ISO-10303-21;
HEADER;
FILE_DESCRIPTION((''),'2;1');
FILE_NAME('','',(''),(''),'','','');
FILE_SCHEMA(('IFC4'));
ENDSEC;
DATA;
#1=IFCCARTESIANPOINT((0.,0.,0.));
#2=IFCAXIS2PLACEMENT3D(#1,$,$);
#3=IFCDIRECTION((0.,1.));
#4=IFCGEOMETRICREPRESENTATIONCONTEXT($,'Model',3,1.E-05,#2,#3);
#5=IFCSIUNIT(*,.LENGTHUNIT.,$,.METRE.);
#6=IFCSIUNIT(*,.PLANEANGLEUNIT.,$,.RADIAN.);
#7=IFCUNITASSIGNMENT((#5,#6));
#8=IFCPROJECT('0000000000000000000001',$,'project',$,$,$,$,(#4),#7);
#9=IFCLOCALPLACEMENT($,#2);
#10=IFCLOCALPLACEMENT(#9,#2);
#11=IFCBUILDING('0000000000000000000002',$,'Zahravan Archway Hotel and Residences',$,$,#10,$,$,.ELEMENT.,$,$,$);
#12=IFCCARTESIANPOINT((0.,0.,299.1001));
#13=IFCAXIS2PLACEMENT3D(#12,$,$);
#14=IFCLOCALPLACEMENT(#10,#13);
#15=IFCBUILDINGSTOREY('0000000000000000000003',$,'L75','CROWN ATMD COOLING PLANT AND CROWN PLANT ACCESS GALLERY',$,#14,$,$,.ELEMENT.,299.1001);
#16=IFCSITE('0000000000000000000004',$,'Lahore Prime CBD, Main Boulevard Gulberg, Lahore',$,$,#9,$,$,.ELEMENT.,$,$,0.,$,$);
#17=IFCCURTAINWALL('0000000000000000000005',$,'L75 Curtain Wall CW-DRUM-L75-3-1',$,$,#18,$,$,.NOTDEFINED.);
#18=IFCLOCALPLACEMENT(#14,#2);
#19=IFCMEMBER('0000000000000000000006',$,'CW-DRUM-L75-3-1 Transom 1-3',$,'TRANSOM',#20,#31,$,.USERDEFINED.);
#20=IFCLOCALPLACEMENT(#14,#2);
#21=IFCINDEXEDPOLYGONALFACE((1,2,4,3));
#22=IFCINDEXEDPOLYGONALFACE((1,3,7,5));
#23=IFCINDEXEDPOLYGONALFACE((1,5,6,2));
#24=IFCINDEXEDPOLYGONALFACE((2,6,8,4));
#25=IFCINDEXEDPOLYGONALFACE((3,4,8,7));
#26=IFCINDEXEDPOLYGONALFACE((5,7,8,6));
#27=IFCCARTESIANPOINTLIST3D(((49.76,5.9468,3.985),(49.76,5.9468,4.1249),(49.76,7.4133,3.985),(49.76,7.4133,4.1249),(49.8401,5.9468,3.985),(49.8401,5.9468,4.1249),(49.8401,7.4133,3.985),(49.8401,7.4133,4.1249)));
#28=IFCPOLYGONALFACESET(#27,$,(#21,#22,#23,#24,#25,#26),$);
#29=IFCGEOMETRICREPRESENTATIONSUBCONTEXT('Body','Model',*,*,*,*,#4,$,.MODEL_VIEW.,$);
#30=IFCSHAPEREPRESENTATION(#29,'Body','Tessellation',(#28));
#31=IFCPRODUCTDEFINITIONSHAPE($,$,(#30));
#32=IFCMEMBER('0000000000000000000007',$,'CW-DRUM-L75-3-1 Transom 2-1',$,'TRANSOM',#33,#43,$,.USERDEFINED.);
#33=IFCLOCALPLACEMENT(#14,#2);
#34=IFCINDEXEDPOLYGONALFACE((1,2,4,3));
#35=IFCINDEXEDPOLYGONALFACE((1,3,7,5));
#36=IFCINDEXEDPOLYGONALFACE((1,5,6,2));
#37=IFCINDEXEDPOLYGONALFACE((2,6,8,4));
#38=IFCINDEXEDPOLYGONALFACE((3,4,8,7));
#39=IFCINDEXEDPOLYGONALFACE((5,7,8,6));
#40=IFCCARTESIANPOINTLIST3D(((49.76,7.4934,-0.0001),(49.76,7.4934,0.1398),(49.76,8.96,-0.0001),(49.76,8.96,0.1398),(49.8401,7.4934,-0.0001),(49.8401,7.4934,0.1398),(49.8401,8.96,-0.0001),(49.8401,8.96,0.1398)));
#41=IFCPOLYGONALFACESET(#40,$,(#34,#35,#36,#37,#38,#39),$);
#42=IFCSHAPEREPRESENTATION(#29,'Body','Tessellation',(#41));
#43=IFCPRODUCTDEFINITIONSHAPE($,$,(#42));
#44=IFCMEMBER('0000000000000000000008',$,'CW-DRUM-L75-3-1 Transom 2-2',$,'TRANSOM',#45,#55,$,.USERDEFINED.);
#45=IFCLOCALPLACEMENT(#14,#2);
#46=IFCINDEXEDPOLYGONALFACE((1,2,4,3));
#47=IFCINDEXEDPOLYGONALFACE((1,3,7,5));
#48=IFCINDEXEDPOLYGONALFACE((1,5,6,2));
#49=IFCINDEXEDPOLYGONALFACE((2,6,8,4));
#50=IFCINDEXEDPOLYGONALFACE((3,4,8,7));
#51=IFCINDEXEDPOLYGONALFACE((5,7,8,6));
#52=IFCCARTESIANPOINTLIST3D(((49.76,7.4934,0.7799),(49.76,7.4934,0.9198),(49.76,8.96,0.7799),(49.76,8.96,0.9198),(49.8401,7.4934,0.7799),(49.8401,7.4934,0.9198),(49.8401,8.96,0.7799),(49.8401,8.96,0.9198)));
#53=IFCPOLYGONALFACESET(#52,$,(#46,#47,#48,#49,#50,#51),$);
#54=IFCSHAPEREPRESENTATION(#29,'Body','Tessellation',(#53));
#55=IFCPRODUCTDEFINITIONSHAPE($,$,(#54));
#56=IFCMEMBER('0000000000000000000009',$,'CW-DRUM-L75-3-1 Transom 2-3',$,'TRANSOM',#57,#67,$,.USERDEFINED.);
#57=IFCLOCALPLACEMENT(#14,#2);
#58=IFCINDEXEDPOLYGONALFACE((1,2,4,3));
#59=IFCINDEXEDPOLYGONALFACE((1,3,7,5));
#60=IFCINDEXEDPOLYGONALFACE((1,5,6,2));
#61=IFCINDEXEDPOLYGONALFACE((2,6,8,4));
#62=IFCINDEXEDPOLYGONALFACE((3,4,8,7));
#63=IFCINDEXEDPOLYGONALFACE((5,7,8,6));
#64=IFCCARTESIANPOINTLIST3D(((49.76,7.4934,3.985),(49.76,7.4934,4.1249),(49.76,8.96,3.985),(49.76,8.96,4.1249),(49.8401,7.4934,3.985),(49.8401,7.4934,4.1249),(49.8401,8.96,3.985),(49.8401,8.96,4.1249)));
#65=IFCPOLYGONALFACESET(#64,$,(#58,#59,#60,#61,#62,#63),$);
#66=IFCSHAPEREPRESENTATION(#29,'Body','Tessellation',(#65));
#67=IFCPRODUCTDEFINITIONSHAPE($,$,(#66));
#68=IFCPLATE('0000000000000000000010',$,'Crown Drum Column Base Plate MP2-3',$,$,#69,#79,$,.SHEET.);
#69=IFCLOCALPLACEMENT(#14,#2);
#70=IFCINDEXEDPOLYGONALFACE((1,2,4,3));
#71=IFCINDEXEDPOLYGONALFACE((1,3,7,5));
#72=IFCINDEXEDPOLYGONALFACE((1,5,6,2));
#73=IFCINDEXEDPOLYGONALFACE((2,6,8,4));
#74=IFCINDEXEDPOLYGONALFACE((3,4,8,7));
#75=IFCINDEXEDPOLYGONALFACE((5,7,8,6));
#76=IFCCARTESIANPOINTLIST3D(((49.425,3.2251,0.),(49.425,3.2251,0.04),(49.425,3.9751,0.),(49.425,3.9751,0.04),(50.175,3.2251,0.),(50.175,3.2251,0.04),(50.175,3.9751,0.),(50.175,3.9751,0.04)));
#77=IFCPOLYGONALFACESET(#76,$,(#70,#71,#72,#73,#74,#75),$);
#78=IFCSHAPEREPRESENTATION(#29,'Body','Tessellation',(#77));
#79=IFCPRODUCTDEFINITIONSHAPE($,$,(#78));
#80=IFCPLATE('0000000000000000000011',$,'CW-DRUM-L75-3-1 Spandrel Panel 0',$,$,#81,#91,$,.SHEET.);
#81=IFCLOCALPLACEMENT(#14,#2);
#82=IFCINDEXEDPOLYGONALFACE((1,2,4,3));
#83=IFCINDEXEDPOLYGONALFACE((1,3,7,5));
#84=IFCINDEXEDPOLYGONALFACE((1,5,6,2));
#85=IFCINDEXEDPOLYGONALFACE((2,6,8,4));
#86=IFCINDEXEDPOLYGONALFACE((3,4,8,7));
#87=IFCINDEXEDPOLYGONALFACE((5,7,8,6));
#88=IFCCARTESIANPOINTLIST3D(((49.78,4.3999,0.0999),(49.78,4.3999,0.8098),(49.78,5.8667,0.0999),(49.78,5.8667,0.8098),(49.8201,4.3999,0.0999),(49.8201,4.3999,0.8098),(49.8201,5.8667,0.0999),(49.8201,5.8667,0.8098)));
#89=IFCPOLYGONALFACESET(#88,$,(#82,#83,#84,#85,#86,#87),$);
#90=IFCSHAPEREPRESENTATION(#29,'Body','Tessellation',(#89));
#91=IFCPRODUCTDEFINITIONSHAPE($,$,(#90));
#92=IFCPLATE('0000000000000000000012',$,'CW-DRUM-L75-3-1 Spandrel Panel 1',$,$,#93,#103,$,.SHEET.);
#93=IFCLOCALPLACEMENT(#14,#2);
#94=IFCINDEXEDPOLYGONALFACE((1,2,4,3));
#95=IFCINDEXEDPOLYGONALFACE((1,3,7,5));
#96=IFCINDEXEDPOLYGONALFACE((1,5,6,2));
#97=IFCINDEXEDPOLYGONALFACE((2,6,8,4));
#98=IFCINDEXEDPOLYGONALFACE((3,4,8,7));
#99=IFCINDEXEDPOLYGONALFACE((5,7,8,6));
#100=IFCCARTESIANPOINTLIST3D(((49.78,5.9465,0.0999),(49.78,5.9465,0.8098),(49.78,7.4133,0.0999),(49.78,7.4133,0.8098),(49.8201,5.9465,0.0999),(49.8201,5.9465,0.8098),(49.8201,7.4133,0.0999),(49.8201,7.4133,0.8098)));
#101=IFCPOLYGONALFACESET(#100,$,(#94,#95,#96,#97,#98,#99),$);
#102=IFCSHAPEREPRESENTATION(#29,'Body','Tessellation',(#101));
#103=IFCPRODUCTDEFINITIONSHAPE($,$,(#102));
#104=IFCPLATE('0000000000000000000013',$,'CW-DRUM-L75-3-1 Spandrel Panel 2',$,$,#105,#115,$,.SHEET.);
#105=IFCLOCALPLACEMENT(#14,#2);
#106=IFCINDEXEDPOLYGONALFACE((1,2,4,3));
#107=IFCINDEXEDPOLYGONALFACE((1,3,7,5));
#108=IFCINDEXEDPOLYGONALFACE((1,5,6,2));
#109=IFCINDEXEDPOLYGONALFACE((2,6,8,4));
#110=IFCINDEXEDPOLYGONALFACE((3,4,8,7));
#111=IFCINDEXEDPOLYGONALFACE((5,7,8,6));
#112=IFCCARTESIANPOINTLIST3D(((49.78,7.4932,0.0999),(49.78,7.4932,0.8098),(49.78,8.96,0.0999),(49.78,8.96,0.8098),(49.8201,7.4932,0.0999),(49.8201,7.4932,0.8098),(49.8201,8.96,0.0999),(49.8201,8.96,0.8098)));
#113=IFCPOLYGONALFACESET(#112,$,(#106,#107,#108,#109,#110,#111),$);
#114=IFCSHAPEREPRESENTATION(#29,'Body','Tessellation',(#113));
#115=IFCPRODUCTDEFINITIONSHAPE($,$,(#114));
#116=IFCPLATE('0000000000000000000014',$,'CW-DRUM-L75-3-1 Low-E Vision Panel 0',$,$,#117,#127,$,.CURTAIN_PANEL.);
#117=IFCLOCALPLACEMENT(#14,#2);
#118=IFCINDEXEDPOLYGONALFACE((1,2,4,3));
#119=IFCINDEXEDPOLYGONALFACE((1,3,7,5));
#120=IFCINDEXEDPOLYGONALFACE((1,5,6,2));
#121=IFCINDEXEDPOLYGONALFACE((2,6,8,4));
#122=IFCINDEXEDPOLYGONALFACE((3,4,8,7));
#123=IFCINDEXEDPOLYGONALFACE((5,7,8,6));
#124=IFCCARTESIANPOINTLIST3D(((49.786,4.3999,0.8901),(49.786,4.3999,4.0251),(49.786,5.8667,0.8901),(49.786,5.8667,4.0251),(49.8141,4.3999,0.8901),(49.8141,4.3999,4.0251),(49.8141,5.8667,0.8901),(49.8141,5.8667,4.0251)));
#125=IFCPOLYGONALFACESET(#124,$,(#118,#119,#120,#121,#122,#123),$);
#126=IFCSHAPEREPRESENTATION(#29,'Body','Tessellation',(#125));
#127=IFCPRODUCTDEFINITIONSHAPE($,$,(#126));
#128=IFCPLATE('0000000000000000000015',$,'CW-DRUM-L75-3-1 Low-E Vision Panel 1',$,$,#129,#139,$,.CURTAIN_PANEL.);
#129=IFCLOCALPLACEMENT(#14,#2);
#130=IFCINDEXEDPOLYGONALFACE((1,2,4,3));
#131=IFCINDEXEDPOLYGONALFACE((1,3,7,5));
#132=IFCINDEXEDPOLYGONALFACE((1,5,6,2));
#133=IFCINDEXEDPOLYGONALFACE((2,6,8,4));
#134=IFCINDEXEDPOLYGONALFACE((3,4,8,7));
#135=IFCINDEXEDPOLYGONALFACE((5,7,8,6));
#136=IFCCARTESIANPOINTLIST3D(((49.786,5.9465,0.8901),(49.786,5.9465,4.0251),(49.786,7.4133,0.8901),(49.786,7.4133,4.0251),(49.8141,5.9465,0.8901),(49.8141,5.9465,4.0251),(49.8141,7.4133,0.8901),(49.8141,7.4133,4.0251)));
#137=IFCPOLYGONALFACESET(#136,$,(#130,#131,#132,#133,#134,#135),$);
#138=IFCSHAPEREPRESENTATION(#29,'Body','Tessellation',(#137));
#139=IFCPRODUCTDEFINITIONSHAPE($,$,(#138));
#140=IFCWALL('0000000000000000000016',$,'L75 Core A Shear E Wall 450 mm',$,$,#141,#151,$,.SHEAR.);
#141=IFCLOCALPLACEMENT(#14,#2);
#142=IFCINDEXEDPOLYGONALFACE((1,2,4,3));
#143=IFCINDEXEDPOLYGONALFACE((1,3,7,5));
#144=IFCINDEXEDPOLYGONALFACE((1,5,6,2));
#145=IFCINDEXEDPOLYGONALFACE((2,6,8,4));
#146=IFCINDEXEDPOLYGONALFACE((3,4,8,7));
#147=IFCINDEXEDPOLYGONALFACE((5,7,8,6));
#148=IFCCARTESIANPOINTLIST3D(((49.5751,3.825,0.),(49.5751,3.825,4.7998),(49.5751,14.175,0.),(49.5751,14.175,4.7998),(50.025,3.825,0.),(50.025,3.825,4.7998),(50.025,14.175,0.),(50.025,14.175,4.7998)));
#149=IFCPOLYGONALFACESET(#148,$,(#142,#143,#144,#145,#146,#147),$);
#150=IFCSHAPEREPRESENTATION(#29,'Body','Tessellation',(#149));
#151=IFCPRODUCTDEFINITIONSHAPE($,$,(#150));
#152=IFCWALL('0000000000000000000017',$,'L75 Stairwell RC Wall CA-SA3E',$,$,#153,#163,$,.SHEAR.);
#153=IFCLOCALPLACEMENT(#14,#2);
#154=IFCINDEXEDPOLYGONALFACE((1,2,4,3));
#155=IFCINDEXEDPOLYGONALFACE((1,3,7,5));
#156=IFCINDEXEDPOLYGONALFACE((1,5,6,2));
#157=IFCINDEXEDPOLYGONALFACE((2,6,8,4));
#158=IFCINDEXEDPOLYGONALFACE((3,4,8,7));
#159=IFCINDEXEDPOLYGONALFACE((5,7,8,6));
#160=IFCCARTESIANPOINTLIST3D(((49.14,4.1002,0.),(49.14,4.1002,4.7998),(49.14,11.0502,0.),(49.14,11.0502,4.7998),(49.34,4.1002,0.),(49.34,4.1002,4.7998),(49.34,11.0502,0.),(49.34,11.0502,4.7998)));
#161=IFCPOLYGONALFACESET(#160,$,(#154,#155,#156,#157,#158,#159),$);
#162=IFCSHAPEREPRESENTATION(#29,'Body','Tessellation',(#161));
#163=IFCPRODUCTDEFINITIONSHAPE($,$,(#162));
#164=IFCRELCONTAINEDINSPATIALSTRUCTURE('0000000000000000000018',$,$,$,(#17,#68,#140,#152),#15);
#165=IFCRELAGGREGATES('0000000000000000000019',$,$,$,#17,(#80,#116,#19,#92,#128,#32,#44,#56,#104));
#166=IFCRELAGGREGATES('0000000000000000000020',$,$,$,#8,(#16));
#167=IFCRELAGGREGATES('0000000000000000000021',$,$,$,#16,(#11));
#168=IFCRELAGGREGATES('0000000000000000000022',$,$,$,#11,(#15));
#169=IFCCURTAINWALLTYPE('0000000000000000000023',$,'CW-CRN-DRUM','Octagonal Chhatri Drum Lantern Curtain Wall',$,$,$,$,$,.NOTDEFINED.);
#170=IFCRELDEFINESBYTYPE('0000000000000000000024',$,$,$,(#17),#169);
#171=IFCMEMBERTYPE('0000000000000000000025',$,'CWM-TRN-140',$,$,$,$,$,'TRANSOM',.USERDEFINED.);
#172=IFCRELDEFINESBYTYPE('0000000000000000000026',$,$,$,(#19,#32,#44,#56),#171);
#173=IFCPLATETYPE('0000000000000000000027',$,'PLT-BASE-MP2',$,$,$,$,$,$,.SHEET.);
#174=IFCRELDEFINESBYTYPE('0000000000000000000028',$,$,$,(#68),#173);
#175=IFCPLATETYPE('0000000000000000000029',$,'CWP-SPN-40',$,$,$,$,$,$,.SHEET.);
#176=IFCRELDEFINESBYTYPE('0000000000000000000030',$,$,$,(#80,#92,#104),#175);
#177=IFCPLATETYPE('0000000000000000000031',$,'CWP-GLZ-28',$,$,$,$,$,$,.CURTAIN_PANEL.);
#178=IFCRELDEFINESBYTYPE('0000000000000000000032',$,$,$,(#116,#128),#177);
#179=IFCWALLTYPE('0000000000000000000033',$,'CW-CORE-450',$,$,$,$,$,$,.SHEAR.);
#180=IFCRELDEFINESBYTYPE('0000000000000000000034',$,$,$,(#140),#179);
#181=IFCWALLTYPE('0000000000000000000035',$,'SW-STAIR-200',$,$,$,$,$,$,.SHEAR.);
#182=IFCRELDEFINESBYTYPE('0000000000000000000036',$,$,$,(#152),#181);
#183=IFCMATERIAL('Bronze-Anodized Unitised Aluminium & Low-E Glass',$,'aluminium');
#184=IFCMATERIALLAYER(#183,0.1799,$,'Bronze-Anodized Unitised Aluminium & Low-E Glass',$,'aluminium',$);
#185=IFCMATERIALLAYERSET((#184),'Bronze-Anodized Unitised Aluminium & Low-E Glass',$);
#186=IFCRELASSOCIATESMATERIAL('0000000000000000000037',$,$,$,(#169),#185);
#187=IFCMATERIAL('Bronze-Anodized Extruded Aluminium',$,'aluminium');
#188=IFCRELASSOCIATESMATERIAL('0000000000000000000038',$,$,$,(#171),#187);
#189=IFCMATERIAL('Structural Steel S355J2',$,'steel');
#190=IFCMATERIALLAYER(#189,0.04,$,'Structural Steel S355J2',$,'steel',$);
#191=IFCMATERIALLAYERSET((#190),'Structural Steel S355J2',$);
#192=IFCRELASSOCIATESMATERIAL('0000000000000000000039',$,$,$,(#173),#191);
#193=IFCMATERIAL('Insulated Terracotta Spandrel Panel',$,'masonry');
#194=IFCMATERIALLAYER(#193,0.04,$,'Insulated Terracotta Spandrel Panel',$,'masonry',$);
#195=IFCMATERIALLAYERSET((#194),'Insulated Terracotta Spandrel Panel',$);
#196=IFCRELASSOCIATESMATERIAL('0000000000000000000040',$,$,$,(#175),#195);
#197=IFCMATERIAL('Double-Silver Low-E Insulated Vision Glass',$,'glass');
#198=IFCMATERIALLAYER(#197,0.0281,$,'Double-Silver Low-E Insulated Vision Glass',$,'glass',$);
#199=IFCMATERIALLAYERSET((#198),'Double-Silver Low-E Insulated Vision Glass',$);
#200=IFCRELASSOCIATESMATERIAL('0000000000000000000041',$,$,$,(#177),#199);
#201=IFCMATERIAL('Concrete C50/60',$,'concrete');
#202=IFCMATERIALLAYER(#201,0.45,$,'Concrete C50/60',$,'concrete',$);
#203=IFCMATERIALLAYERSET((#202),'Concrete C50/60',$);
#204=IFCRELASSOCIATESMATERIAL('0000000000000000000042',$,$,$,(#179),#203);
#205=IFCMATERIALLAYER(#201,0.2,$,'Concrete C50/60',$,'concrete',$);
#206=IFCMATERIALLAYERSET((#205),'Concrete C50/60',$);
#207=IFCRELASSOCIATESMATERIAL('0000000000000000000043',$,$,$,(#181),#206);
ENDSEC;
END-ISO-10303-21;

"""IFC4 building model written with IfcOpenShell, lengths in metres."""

from ifc_helpers import new_model, si_unit, direction, frame, frame_2d, origin, origin_2d, place, context, subcontext, project, spatial, rectangle, extrude, source, transform, mapped, material, layer, layer_set, material_profile, profile_set, type_object, type_shapes, element, aggregate, save


model = new_model("IFC4")

# Units and contexts
model_context = context("Model", 3, precision=1e-05, world=origin(), true_north=direction((0.0, 1.0)))
body_context = subcontext(model_context, "Body", "Model", "MODEL_VIEW")
ifc_project = project(units=[si_unit("LENGTHUNIT", "METRE"), si_unit("PLANEANGLEUNIT", "RADIAN")], contexts=[model_context])

# Site, building, storey
site_placement = place(None, origin())
site = spatial("IfcSite", under=ifc_project, at=site_placement, Name="Lahore Prime CBD, Main Boulevard Gulberg, Lahore", CompositionType="ELEMENT", RefElevation=0.0)
building_placement = place(site_placement, origin())
building = spatial("IfcBuilding", under=site, at=building_placement, Name="Zahravan Archway Hotel and Residences", CompositionType="ELEMENT")
storey_placement = place(building_placement, frame((0.0, 0.0, 299.1001)))
storey = spatial("IfcBuildingStorey", under=building, at=storey_placement, Name="L75", Description="CROWN ATMD COOLING PLANT AND CROWN PLANT ACCESS GALLERY", CompositionType="ELEMENT", Elevation=299.1001)

# Shared definitions
ifc_material_1 = material(Name="Structural Steel S355J2", Category="steel")

# Curtain wall, members
ifc_material_2 = material(Name="Bronze-Anodized Unitised Aluminium & Low-E Glass", Category="aluminium")
ifc_layer_1 = layer(ifc_material_2, 0.1799, Name="Bronze-Anodized Unitised Aluminium & Low-E Glass", Category="aluminium")
ifc_layer_set_1 = layer_set([ifc_layer_1], Name="Bronze-Anodized Unitised Aluminium & Low-E Glass")
curtain_wall_type = type_object("IfcCurtainWallType", Name="CW-CRN-DRUM", Description="Octagonal Chhatri Drum Lantern Curtain Wall", PredefinedType="NOTDEFINED", material=ifc_layer_set_1)
curtain_wall_placement = place(storey_placement, origin())
curtain_wall = element("IfcCurtainWall", 1, at=curtain_wall_placement, inside=storey, type_object=curtain_wall_type, Name="L75 Curtain Wall CW-DRUM-L75-3-1", PredefinedType="NOTDEFINED")
ifc_material_3 = material(Name="Bronze-Anodized Extruded Aluminium", Category="aluminium")
ifc_material_profile_1 = material_profile(ifc_material_3, rectangle(XDim=0.0801, YDim=0.1399, at=origin_2d()), Name="TRN 80x140", Category="aluminium")
ifc_profile_set_1 = profile_set([ifc_material_profile_1], Name="Bronze-Anodized Extruded Aluminium")
member_type_1 = type_object("IfcMemberType", Name="CWM-TRN-140", ElementType="TRANSOM", PredefinedType="USERDEFINED", material=ifc_profile_set_1)
shared_shape_1 = source(origin(), body_context, "Body", "SweptSolid", [
    extrude(rectangle(XDim=0.0801, YDim=0.1399, at=origin_2d()), origin(), (0.0, 0.0, 1.0), 1.4666),
])
member_1_placement = place(storey_placement, frame((49.8, 5.9468, 4.0549), z_axis=(0.0, 1.0, 0.0), x_axis=(-1.0, 0.0, 0.0)))
member_1 = element("IfcMember", 2, at=member_1_placement, type_object=member_type_1, Name="CW-DRUM-L75-3-1 Transom 1-3", ObjectType="TRANSOM", PredefinedType="USERDEFINED", context=body_context, shape_type="MappedRepresentation", body=[
    mapped(shared_shape_1, transform((0.0, 0.0, 0.0), scale=1.0)),
])
member_2_placement = place(storey_placement, frame((49.8, 7.4934, 0.0698), z_axis=(0.0, 1.0, 0.0), x_axis=(-1.0, 0.0, 0.0)))
member_2 = element("IfcMember", 3, at=member_2_placement, type_object=member_type_1, Name="CW-DRUM-L75-3-1 Transom 2-1", ObjectType="TRANSOM", PredefinedType="USERDEFINED", context=body_context, shape_type="MappedRepresentation", body=[
    mapped(shared_shape_1, transform((0.0, 0.0, 0.0), scale=1.0)),
])
member_3_placement = place(storey_placement, frame((49.8, 7.4934, 0.8499), z_axis=(0.0, 1.0, 0.0), x_axis=(-1.0, 0.0, 0.0)))
member_3 = element("IfcMember", 4, at=member_3_placement, type_object=member_type_1, Name="CW-DRUM-L75-3-1 Transom 2-2", ObjectType="TRANSOM", PredefinedType="USERDEFINED", context=body_context, shape_type="MappedRepresentation", body=[
    mapped(shared_shape_1, transform((0.0, 0.0, 0.0), scale=1.0)),
])
member_4_placement = place(storey_placement, frame((49.8, 7.4934, 4.0549), z_axis=(0.0, 1.0, 0.0), x_axis=(-1.0, 0.0, 0.0)))
member_4 = element("IfcMember", 5, at=member_4_placement, type_object=member_type_1, Name="CW-DRUM-L75-3-1 Transom 2-3", ObjectType="TRANSOM", PredefinedType="USERDEFINED", context=body_context, shape_type="MappedRepresentation", body=[
    mapped(shared_shape_1, transform((0.0, 0.0, 0.0), scale=1.0)),
])

# Plates
ifc_layer_2 = layer(ifc_material_1, 0.04, Name="Structural Steel S355J2", Category="steel")
ifc_layer_set_2 = layer_set([ifc_layer_2], Name="Structural Steel S355J2")
plate_type_1 = type_object("IfcPlateType", Name="PLT-BASE-MP2", PredefinedType="SHEET", material=ifc_layer_set_2)
shared_shape_2 = source(origin(), body_context, "Body", "SweptSolid", [
    extrude(rectangle(XDim=0.75, YDim=0.75, at=origin_2d()), origin(), (0.0, 0.0, 1.0), 0.04),
])
type_shapes(plate_type_1, [shared_shape_2])
plate_1_placement = place(storey_placement, frame((49.8, 3.6001, 0.0), z_axis=(0.0, 0.0, 1.0), x_axis=(1.0, 0.0, 0.0)))
element("IfcPlate", 6, at=plate_1_placement, inside=storey, type_object=plate_type_1, Name="Crown Drum Column Base Plate MP2-3", PredefinedType="SHEET", context=body_context, shape_type="MappedRepresentation", body=[
    mapped(shared_shape_2, transform((0.0, 0.0, 0.0), scale=1.0)),
])
ifc_material_4 = material(Name="Insulated Terracotta Spandrel Panel", Category="masonry")
ifc_layer_3 = layer(ifc_material_4, 0.04, Name="Insulated Terracotta Spandrel Panel", Category="masonry")
ifc_layer_set_3 = layer_set([ifc_layer_3], Name="Insulated Terracotta Spandrel Panel")
plate_type_2 = type_object("IfcPlateType", Name="CWP-SPN-40", PredefinedType="SHEET", material=ifc_layer_set_3)
shared_shape_3 = source(origin(), body_context, "Body", "SweptSolid", [
    extrude(rectangle(XDim=1.4668, YDim=0.04, at=origin_2d()), origin(), (0.0, 0.0, 1.0), 0.71),
])
plate_2_placement = place(storey_placement, frame((49.8, 5.1333, 0.0999), z_axis=(0.0, 0.0, 1.0), x_axis=(0.0, 1.0, 0.0)))
plate_2 = element("IfcPlate", 7, at=plate_2_placement, type_object=plate_type_2, Name="CW-DRUM-L75-3-1 Spandrel Panel 0", PredefinedType="SHEET", context=body_context, shape_type="MappedRepresentation", body=[
    mapped(shared_shape_3, transform((0.0, 0.0, 0.0), scale=1.0)),
])
plate_3_placement = place(storey_placement, frame((49.8, 6.6799, 0.0999), z_axis=(0.0, 0.0, 1.0), x_axis=(0.0, 1.0, 0.0)))
plate_3 = element("IfcPlate", 8, at=plate_3_placement, type_object=plate_type_2, Name="CW-DRUM-L75-3-1 Spandrel Panel 1", PredefinedType="SHEET", context=body_context, shape_type="MappedRepresentation", body=[
    mapped(shared_shape_3, transform((0.0, 0.0, 0.0), scale=1.0)),
])
plate_4_placement = place(storey_placement, frame((49.8, 8.2266, 0.0999), z_axis=(0.0, 0.0, 1.0), x_axis=(0.0, 1.0, 0.0)))
plate_4 = element("IfcPlate", 9, at=plate_4_placement, type_object=plate_type_2, Name="CW-DRUM-L75-3-1 Spandrel Panel 2", PredefinedType="SHEET", context=body_context, shape_type="MappedRepresentation", body=[
    mapped(shared_shape_3, transform((0.0, 0.0, 0.0), scale=1.0)),
])
ifc_material_5 = material(Name="Double-Silver Low-E Insulated Vision Glass", Category="glass")
ifc_layer_4 = layer(ifc_material_5, 0.0281, Name="Double-Silver Low-E Insulated Vision Glass", Category="glass")
ifc_layer_set_4 = layer_set([ifc_layer_4], Name="Double-Silver Low-E Insulated Vision Glass")
plate_type_3 = type_object("IfcPlateType", Name="CWP-GLZ-28", PredefinedType="CURTAIN_PANEL", material=ifc_layer_set_4)
shared_shape_4 = source(origin(), body_context, "Body", "SweptSolid", [
    extrude(rectangle(XDim=1.4668, YDim=0.0281, at=origin_2d()), origin(), (0.0, 0.0, 1.0), 3.135),
])
plate_5_placement = place(storey_placement, frame((49.8, 5.1333, 0.8901), z_axis=(0.0, 0.0, 1.0), x_axis=(0.0, 1.0, 0.0)))
plate_5 = element("IfcPlate", 10, at=plate_5_placement, type_object=plate_type_3, Name="CW-DRUM-L75-3-1 Low-E Vision Panel 0", PredefinedType="CURTAIN_PANEL", context=body_context, shape_type="MappedRepresentation", body=[
    mapped(shared_shape_4, transform((0.0, 0.0, 0.0), scale=1.0)),
])
plate_6_placement = place(storey_placement, frame((49.8, 6.6799, 0.8901), z_axis=(0.0, 0.0, 1.0), x_axis=(0.0, 1.0, 0.0)))
plate_6 = element("IfcPlate", 11, at=plate_6_placement, type_object=plate_type_3, Name="CW-DRUM-L75-3-1 Low-E Vision Panel 1", PredefinedType="CURTAIN_PANEL", context=body_context, shape_type="MappedRepresentation", body=[
    mapped(shared_shape_4, transform((0.0, 0.0, 0.0), scale=1.0)),
])
aggregate(curtain_wall, [plate_2, plate_5, member_1, plate_3, plate_6, member_2, member_3, member_4, plate_4])

# Walls
ifc_material_6 = material(Name="Concrete C50/60", Category="concrete")
ifc_layer_5 = layer(ifc_material_6, 0.45, Name="Concrete C50/60", Category="concrete")
ifc_layer_set_5 = layer_set([ifc_layer_5], Name="Concrete C50/60")
wall_type_1 = type_object("IfcWallType", Name="CW-CORE-450", PredefinedType="SHEAR", material=ifc_layer_set_5)
wall_1_placement = place(storey_placement, frame((49.8, 3.825, 0.0), z_axis=(0.0, 0.0, 1.0), x_axis=(0.0, 1.0, 0.0)))
element("IfcWall", 12, at=wall_1_placement, inside=storey, type_object=wall_type_1, Name="L75 Core A Shear E Wall 450 mm", PredefinedType="SHEAR", context=body_context, shape_type="SweptSolid", body=[
    extrude(rectangle(XDim=10.3501, YDim=0.45, at=frame_2d((5.175, 0.0))), origin(), (0.0, 0.0, 1.0), 4.7998),
])
ifc_layer_6 = layer(ifc_material_6, 0.2, Name="Concrete C50/60", Category="concrete")
ifc_layer_set_6 = layer_set([ifc_layer_6], Name="Concrete C50/60")
wall_type_2 = type_object("IfcWallType", Name="SW-STAIR-200", PredefinedType="SHEAR", material=ifc_layer_set_6)
wall_2_placement = place(storey_placement, frame((49.24, 4.1001, 0.0), z_axis=(0.0, 0.0, 1.0), x_axis=(0.0, 1.0, 0.0)))
element("IfcWall", 13, at=wall_2_placement, inside=storey, type_object=wall_type_2, Name="L75 Stairwell RC Wall CA-SA3E", PredefinedType="SHEAR", context=body_context, shape_type="SweptSolid", body=[
    extrude(rectangle(XDim=6.95, YDim=0.2, at=frame_2d((3.4751, 0.0))), origin(), (0.0, 0.0, 1.0), 4.7998),
])

save(model, "model.ifc")
